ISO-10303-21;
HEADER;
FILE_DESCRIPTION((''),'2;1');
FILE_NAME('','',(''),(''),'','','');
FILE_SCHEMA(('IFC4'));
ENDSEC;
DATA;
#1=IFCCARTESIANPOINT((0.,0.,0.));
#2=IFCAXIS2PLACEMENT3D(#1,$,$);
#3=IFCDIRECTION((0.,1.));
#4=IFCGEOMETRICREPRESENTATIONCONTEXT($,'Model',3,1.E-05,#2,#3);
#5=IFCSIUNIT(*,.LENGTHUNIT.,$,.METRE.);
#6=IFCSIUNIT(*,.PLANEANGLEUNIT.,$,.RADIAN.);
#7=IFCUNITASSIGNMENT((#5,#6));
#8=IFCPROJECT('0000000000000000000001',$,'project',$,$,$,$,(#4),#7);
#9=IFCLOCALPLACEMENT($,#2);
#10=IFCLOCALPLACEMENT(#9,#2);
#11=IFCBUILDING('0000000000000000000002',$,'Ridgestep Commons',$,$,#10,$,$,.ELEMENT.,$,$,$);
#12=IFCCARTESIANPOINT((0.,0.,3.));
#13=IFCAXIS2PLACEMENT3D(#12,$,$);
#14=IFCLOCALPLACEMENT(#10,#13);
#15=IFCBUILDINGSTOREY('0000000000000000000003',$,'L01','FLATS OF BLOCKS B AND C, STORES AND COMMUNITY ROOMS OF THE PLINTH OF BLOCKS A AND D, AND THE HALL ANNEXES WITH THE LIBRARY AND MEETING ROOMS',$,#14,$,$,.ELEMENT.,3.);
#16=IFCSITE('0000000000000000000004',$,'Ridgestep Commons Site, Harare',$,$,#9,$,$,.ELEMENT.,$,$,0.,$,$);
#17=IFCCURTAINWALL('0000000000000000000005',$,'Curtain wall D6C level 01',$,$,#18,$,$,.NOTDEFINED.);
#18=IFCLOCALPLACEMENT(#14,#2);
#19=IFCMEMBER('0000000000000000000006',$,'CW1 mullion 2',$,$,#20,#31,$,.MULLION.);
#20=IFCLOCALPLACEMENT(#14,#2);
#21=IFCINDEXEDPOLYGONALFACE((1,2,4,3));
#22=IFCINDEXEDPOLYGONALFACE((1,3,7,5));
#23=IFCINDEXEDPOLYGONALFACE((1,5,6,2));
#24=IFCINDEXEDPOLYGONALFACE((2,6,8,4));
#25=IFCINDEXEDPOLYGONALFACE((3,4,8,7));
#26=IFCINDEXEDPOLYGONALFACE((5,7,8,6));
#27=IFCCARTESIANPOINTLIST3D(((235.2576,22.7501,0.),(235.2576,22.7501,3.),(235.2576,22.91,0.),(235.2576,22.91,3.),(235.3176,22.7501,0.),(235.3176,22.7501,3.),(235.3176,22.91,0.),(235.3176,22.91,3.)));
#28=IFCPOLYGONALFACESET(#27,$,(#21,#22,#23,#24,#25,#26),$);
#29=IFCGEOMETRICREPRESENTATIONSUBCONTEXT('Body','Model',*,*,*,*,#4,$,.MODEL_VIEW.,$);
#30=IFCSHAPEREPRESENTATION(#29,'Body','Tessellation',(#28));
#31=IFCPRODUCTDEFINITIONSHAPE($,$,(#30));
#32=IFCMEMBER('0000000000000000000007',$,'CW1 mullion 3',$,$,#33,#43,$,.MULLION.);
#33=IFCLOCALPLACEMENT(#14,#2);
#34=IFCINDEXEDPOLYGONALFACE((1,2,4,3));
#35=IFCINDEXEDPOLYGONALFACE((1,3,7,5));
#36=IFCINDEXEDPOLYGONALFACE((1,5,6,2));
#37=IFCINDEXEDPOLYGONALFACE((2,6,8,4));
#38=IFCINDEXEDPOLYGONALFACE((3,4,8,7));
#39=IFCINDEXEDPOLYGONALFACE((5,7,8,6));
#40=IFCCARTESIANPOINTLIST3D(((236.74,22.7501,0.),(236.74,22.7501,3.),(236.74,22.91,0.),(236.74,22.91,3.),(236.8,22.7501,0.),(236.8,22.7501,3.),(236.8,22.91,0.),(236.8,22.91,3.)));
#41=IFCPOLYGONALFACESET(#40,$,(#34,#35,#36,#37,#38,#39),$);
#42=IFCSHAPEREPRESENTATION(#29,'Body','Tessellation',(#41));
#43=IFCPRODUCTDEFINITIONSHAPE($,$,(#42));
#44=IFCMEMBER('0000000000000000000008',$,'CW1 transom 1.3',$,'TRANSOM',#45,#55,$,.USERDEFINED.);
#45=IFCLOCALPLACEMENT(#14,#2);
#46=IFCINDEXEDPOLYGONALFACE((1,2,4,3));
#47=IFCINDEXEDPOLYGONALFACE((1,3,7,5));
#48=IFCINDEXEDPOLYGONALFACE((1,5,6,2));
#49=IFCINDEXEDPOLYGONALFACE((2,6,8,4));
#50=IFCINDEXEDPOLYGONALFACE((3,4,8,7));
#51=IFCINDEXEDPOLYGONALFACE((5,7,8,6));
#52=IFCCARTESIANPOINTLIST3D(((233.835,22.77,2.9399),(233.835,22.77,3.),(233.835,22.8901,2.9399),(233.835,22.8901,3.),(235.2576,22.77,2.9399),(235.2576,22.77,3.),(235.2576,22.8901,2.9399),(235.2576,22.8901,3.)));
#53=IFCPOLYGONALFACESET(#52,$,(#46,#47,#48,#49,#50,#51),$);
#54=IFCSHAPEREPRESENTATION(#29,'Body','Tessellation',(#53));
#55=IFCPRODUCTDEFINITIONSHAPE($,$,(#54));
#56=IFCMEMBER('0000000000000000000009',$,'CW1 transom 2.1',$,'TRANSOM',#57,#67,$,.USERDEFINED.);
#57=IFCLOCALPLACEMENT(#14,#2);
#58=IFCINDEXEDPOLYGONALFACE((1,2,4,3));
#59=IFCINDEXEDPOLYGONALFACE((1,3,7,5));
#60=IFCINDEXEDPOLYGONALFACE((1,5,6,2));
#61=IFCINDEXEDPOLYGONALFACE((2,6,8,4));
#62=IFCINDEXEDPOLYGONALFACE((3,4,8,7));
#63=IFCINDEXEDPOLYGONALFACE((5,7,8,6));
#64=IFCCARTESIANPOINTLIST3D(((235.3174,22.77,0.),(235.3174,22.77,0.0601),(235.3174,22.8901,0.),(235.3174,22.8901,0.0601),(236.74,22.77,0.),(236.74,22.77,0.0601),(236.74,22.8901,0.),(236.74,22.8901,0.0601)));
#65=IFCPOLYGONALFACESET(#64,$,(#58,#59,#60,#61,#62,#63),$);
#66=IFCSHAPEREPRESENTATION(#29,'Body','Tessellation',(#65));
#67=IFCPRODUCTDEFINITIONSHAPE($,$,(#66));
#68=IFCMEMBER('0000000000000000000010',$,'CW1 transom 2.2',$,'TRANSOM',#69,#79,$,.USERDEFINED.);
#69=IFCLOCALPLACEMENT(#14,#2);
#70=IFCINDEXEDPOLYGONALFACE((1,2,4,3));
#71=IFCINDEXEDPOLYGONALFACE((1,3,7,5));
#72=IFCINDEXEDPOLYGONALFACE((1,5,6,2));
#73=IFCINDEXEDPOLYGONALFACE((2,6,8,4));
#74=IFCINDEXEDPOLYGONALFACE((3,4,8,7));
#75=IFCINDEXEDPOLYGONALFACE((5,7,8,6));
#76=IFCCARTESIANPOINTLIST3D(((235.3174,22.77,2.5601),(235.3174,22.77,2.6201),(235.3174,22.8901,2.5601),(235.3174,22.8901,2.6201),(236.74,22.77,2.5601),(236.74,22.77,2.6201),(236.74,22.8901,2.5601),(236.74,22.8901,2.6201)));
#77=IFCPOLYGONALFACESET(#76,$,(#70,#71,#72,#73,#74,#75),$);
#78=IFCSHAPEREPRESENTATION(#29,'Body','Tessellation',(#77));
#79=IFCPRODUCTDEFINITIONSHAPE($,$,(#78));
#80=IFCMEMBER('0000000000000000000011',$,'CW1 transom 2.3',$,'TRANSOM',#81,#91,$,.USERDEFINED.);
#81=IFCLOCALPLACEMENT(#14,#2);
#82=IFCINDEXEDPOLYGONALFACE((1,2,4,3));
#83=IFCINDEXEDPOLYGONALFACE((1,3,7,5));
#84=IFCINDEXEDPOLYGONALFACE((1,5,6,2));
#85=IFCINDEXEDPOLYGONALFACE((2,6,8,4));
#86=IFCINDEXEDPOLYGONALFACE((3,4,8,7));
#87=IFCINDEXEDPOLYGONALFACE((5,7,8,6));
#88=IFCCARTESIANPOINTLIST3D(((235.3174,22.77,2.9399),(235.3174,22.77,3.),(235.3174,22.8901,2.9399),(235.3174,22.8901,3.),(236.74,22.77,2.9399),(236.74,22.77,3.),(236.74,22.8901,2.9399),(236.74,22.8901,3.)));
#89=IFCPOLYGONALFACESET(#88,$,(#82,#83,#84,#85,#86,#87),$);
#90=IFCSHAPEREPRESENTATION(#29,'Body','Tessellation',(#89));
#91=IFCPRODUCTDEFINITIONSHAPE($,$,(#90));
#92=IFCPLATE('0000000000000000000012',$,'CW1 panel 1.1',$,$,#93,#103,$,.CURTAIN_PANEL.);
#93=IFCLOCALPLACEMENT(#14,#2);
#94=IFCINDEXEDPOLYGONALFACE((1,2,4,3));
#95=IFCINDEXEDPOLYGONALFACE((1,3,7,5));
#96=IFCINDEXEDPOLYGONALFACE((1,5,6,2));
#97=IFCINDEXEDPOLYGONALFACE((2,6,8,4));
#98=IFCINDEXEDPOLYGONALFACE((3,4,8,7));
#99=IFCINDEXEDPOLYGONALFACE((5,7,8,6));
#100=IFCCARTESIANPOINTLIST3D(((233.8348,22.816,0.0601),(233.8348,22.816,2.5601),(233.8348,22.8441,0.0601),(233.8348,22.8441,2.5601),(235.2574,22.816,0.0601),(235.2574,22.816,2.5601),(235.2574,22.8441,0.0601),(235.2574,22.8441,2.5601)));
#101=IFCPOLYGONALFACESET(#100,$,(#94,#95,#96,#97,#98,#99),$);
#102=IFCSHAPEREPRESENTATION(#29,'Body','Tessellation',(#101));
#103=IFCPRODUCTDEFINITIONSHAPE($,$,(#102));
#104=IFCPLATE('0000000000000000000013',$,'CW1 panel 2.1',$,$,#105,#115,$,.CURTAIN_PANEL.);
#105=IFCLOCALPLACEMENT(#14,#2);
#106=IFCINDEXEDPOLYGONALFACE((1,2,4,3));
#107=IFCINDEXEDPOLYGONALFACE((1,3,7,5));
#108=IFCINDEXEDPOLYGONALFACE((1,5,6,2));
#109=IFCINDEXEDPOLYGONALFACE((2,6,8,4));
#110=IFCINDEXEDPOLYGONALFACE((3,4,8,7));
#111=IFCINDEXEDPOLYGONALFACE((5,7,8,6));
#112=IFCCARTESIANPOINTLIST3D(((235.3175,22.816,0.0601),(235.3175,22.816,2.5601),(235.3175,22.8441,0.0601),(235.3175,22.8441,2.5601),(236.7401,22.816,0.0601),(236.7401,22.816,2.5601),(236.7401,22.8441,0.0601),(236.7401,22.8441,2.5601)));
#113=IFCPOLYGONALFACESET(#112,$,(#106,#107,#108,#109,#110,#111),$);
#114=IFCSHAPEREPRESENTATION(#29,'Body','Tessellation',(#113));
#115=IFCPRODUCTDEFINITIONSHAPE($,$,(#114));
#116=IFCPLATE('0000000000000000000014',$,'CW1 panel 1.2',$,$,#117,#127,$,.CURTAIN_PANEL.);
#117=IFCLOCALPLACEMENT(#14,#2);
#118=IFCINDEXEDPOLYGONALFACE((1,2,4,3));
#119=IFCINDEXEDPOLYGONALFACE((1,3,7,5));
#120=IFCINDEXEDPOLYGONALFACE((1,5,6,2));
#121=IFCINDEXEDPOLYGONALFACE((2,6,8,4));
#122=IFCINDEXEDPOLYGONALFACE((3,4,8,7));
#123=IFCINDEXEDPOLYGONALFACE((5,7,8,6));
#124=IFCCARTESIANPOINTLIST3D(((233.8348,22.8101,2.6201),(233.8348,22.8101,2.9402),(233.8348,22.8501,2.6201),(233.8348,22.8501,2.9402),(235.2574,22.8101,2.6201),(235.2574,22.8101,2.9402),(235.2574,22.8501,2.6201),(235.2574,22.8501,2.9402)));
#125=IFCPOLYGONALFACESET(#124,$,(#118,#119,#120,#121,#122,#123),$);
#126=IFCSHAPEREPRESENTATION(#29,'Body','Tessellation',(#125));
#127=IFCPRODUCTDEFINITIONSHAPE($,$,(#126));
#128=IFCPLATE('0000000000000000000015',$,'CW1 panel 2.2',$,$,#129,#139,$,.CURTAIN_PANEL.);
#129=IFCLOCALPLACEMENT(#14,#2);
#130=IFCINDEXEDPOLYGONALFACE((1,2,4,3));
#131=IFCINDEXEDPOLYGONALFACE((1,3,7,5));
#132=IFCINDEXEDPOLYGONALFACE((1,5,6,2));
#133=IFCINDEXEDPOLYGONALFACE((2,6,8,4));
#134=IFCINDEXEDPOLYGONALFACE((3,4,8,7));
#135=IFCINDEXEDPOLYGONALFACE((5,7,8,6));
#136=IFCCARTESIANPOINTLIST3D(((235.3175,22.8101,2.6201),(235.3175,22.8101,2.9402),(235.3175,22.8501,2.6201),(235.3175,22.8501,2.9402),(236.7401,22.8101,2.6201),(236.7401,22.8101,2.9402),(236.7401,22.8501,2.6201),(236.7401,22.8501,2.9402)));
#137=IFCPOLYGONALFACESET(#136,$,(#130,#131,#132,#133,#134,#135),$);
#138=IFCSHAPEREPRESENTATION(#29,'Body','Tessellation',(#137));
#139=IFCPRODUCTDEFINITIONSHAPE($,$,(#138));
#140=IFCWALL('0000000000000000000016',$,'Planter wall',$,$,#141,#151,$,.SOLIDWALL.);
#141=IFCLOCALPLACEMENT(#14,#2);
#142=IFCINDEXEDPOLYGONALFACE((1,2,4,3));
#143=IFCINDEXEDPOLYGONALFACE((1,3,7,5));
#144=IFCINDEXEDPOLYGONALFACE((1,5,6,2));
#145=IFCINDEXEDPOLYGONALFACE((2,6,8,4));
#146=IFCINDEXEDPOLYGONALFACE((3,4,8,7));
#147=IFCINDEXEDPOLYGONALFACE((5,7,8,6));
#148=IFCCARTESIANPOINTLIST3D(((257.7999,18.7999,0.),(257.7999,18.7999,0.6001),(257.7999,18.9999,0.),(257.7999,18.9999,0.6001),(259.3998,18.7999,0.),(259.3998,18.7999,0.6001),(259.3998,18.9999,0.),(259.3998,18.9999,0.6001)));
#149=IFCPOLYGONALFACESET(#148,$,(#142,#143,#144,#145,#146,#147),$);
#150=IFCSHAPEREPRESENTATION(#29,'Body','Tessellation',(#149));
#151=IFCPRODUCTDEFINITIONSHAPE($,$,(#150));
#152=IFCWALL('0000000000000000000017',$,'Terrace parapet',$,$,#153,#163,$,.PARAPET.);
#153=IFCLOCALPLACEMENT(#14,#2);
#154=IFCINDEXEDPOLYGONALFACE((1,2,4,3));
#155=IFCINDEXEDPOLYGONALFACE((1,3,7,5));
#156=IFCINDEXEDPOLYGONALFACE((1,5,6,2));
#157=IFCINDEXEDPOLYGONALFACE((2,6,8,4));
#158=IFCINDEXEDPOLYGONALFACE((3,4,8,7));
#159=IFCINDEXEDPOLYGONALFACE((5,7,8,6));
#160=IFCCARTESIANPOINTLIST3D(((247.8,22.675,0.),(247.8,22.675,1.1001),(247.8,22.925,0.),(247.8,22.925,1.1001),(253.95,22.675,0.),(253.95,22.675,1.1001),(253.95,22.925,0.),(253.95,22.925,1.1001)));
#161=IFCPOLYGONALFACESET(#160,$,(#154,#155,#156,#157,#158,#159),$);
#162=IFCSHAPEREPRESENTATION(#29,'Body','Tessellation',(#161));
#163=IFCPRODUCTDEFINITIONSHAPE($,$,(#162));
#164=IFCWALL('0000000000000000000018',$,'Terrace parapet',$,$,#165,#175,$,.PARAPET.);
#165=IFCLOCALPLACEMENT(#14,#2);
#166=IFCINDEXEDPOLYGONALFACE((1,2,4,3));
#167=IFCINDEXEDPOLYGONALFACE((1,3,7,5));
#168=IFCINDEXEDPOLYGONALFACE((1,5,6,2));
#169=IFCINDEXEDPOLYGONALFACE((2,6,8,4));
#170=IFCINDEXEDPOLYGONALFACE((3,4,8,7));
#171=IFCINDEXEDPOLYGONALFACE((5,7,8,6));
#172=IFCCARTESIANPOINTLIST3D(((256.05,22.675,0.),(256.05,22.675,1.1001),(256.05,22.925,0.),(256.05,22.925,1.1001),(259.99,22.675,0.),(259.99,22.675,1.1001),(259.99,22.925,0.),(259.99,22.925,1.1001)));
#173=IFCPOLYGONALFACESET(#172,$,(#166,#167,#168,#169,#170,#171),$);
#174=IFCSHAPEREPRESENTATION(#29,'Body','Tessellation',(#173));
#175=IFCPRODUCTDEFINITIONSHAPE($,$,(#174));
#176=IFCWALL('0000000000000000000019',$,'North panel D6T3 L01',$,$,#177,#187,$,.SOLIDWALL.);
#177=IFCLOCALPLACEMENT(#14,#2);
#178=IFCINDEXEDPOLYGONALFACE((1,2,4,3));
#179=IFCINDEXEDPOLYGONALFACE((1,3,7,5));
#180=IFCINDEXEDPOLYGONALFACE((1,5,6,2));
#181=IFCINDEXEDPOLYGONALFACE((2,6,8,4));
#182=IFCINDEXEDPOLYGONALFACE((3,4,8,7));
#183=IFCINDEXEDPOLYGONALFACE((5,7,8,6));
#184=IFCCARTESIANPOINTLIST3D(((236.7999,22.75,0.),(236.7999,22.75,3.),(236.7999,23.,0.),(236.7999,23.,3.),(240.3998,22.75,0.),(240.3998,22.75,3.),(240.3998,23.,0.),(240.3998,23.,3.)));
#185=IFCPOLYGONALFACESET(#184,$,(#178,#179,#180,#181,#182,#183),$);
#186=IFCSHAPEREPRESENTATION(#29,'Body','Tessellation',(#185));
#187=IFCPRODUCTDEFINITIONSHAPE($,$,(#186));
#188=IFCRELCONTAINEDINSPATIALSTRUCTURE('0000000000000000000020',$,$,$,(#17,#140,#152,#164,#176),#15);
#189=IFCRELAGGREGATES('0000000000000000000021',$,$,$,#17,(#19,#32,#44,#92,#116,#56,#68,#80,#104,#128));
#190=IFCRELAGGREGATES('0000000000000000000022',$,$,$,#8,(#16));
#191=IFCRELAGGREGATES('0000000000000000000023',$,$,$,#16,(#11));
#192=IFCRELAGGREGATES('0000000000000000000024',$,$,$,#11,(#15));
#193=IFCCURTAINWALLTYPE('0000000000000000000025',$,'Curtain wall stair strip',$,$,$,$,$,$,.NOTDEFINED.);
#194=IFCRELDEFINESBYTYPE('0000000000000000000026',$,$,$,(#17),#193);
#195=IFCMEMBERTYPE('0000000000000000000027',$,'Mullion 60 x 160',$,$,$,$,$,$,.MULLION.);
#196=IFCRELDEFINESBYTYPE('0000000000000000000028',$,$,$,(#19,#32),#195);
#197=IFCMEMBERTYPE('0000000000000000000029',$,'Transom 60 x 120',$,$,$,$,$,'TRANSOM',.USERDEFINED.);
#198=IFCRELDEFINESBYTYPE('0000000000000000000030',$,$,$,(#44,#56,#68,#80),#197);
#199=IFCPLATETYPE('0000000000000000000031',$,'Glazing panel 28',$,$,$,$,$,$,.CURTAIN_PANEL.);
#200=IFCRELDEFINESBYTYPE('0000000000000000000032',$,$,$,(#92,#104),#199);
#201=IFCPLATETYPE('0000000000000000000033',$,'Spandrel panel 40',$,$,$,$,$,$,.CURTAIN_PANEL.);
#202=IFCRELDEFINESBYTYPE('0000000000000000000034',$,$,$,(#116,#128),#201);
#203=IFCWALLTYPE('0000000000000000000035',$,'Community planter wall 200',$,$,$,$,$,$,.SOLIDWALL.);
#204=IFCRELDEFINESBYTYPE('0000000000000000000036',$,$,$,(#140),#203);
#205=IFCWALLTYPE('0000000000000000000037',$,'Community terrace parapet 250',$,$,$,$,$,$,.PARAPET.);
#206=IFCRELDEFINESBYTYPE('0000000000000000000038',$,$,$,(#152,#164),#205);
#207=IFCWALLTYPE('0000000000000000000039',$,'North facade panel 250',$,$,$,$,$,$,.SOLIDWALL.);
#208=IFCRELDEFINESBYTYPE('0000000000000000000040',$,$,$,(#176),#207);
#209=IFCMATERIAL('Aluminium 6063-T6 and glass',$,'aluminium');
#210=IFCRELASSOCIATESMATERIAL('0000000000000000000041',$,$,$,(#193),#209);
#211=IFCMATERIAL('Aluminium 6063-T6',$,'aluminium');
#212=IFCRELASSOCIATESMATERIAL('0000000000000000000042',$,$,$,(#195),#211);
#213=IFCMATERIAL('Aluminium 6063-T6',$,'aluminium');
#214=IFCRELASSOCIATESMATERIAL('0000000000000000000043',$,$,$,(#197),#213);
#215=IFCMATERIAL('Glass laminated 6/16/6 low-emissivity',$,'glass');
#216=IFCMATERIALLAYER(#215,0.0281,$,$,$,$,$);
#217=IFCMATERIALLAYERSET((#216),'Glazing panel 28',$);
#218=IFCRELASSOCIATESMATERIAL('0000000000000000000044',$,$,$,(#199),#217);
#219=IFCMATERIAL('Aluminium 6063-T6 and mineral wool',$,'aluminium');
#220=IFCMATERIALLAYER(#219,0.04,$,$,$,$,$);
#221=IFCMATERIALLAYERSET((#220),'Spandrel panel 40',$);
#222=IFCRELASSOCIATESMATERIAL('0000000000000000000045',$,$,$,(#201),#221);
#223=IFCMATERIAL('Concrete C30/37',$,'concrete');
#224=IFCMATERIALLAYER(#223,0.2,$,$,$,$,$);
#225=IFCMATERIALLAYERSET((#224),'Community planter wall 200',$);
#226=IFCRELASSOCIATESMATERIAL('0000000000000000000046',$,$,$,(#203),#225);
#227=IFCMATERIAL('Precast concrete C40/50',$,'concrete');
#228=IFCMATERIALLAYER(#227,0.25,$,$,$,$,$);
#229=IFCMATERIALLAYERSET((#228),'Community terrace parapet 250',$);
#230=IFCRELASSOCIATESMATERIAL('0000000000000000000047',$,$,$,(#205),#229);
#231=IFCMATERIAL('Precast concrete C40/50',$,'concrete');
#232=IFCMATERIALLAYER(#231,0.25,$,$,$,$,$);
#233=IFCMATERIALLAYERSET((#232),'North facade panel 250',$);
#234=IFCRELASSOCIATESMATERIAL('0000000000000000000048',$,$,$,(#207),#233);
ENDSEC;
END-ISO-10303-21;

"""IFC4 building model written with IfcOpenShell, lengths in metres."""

from ifc_helpers import new_model, si_unit, direction, frame, frame_2d, origin, origin_2d, place, context, subcontext, project, spatial, rectangle, extrude, material, layer, layer_set, material_profile, profile_set, type_object, element, aggregate, save


model = new_model("IFC4")

# Units and contexts
model_context = context("Model", 3, precision=1e-05, world=origin(), true_north=direction((0.0, 1.0)))
body_context = subcontext(model_context, "Body", "Model", "MODEL_VIEW")
ifc_project = project(units=[si_unit("LENGTHUNIT", "METRE"), si_unit("PLANEANGLEUNIT", "RADIAN")], contexts=[model_context])

# Site, building, storey
site_placement = place(None, origin())
site = spatial("IfcSite", under=ifc_project, at=site_placement, Name="Ridgestep Commons Site, Harare", CompositionType="ELEMENT", RefElevation=0.0)
building_placement = place(site_placement, origin())
building = spatial("IfcBuilding", under=site, at=building_placement, Name="Ridgestep Commons", CompositionType="ELEMENT")
storey_placement = place(building_placement, frame((0.0, 0.0, 3.0)))
storey = spatial("IfcBuildingStorey", under=building, at=storey_placement, Name="L01", Description="FLATS OF BLOCKS B AND C, STORES AND COMMUNITY ROOMS OF THE PLINTH OF BLOCKS A AND D, AND THE HALL ANNEXES WITH THE LIBRARY AND MEETING ROOMS", CompositionType="ELEMENT", Elevation=3.0)

# Curtain wall, members, plates
ifc_material_1 = material(Name="Aluminium 6063-T6 and glass", Category="aluminium")
curtain_wall_type = type_object("IfcCurtainWallType", Name="Curtain wall stair strip", PredefinedType="NOTDEFINED", material=ifc_material_1)
curtain_wall_placement = place(storey_placement, origin())
curtain_wall = element("IfcCurtainWall", 1, at=curtain_wall_placement, inside=storey, type_object=curtain_wall_type, Name="Curtain wall D6C level 01", PredefinedType="NOTDEFINED")
ifc_material_2 = material(Name="Aluminium 6063-T6", Category="aluminium")
ifc_material_profile_1 = material_profile(ifc_material_2, rectangle(XDim=0.1599, YDim=0.0601, at=origin_2d()), Name="Mullion 60 x 160")
ifc_profile_set_1 = profile_set([ifc_material_profile_1], Name="Aluminium 6063-T6")
member_type_1 = type_object("IfcMemberType", Name="Mullion 60 x 160", PredefinedType="MULLION", material=ifc_profile_set_1)
member_1_placement = place(storey_placement, frame((235.2876, 22.8301, 0.0), z_axis=(0.0, 0.0, 1.0), x_axis=(0.0, 1.0, 0.0)))
member_1 = element("IfcMember", 2, at=member_1_placement, type_object=member_type_1, Name="CW1 mullion 2", PredefinedType="MULLION", context=body_context, shape_type="SweptSolid", body=[
    extrude(rectangle(XDim=0.1599, YDim=0.0601, at=origin_2d()), origin(), (0.0, 0.0, 1.0), 3.0),
])
member_2_placement = place(storey_placement, frame((236.77, 22.8301, 0.0), z_axis=(0.0, 0.0, 1.0), x_axis=(0.0, 1.0, 0.0)))
member_2 = element("IfcMember", 3, at=member_2_placement, type_object=member_type_1, Name="CW1 mullion 3", PredefinedType="MULLION", context=body_context, shape_type="SweptSolid", body=[
    extrude(rectangle(XDim=0.1599, YDim=0.0601, at=origin_2d()), origin(), (0.0, 0.0, 1.0), 3.0),
])
ifc_material_3 = material(Name="Aluminium 6063-T6", Category="aluminium")
ifc_material_profile_2 = material_profile(ifc_material_3, rectangle(XDim=0.1201, YDim=0.0601, at=origin_2d()), Name="Transom 60 x 120")
ifc_profile_set_2 = profile_set([ifc_material_profile_2], Name="Aluminium 6063-T6")
member_type_2 = type_object("IfcMemberType", Name="Transom 60 x 120", ElementType="TRANSOM", PredefinedType="USERDEFINED", material=ifc_profile_set_2)
member_3_placement = place(storey_placement, frame((233.835, 22.8301, 2.97), z_axis=(1.0, 0.0, 0.0), x_axis=(0.0, 1.0, 0.0)))
member_3 = element("IfcMember", 4, at=member_3_placement, type_object=member_type_2, Name="CW1 transom 1.3", ObjectType="TRANSOM", PredefinedType="USERDEFINED", context=body_context, shape_type="SweptSolid", body=[
    extrude(rectangle(XDim=0.1201, YDim=0.0601, at=origin_2d()), origin(), (0.0, 0.0, 1.0), 1.4226),
])
member_4_placement = place(storey_placement, frame((235.3174, 22.8301, 0.03), z_axis=(1.0, 0.0, 0.0), x_axis=(0.0, 1.0, 0.0)))
member_4 = element("IfcMember", 5, at=member_4_placement, type_object=member_type_2, Name="CW1 transom 2.1", ObjectType="TRANSOM", PredefinedType="USERDEFINED", context=body_context, shape_type="SweptSolid", body=[
    extrude(rectangle(XDim=0.1201, YDim=0.0601, at=origin_2d()), origin(), (0.0, 0.0, 1.0), 1.4226),
])
member_5_placement = place(storey_placement, frame((235.3174, 22.8301, 2.5901), z_axis=(1.0, 0.0, 0.0), x_axis=(0.0, 1.0, 0.0)))
member_5 = element("IfcMember", 6, at=member_5_placement, type_object=member_type_2, Name="CW1 transom 2.2", ObjectType="TRANSOM", PredefinedType="USERDEFINED", context=body_context, shape_type="SweptSolid", body=[
    extrude(rectangle(XDim=0.1201, YDim=0.0601, at=origin_2d()), origin(), (0.0, 0.0, 1.0), 1.4226),
])
member_6_placement = place(storey_placement, frame((235.3174, 22.8301, 2.97), z_axis=(1.0, 0.0, 0.0), x_axis=(0.0, 1.0, 0.0)))
member_6 = element("IfcMember", 7, at=member_6_placement, type_object=member_type_2, Name="CW1 transom 2.3", ObjectType="TRANSOM", PredefinedType="USERDEFINED", context=body_context, shape_type="SweptSolid", body=[
    extrude(rectangle(XDim=0.1201, YDim=0.0601, at=origin_2d()), origin(), (0.0, 0.0, 1.0), 1.4226),
])
ifc_material_4 = material(Name="Glass laminated 6/16/6 low-emissivity", Category="glass")
ifc_layer_1 = layer(ifc_material_4, 0.0281)
ifc_layer_set_1 = layer_set([ifc_layer_1], Name="Glazing panel 28")
plate_type_1 = type_object("IfcPlateType", Name="Glazing panel 28", PredefinedType="CURTAIN_PANEL", material=ifc_layer_set_1)
plate_1_placement = place(storey_placement, frame((234.5461, 22.8301, 0.0601), z_axis=(0.0, 0.0, 1.0), x_axis=(1.0, 0.0, 0.0)))
plate_1 = element("IfcPlate", 8, at=plate_1_placement, type_object=plate_type_1, Name="CW1 panel 1.1", PredefinedType="CURTAIN_PANEL", context=body_context, shape_type="SweptSolid", body=[
    extrude(rectangle(XDim=1.4226, YDim=0.0281, at=origin_2d()), origin(), (0.0, 0.0, 1.0), 2.5),
])
plate_2_placement = place(storey_placement, frame((236.0288, 22.8301, 0.0601), z_axis=(0.0, 0.0, 1.0), x_axis=(1.0, 0.0, 0.0)))
plate_2 = element("IfcPlate", 9, at=plate_2_placement, type_object=plate_type_1, Name="CW1 panel 2.1", PredefinedType="CURTAIN_PANEL", context=body_context, shape_type="SweptSolid", body=[
    extrude(rectangle(XDim=1.4226, YDim=0.0281, at=origin_2d()), origin(), (0.0, 0.0, 1.0), 2.5),
])
ifc_material_5 = material(Name="Aluminium 6063-T6 and mineral wool", Category="aluminium")
ifc_layer_2 = layer(ifc_material_5, 0.04)
ifc_layer_set_2 = layer_set([ifc_layer_2], Name="Spandrel panel 40")
plate_type_2 = type_object("IfcPlateType", Name="Spandrel panel 40", PredefinedType="CURTAIN_PANEL", material=ifc_layer_set_2)
plate_3_placement = place(storey_placement, frame((234.5461, 22.8301, 2.6201), z_axis=(0.0, 0.0, 1.0), x_axis=(1.0, 0.0, 0.0)))
plate_3 = element("IfcPlate", 10, at=plate_3_placement, type_object=plate_type_2, Name="CW1 panel 1.2", PredefinedType="CURTAIN_PANEL", context=body_context, shape_type="SweptSolid", body=[
    extrude(rectangle(XDim=1.4226, YDim=0.04, at=origin_2d()), origin(), (0.0, 0.0, 1.0), 0.3201),
])
plate_4_placement = place(storey_placement, frame((236.0288, 22.8301, 2.6201), z_axis=(0.0, 0.0, 1.0), x_axis=(1.0, 0.0, 0.0)))
plate_4 = element("IfcPlate", 11, at=plate_4_placement, type_object=plate_type_2, Name="CW1 panel 2.2", PredefinedType="CURTAIN_PANEL", context=body_context, shape_type="SweptSolid", body=[
    extrude(rectangle(XDim=1.4226, YDim=0.04, at=origin_2d()), origin(), (0.0, 0.0, 1.0), 0.3201),
])
aggregate(curtain_wall, [member_1, member_2, member_3, plate_1, plate_3, member_4, member_5, member_6, plate_2, plate_4])

# Walls
ifc_material_6 = material(Name="Concrete C30/37", Category="concrete")
ifc_layer_3 = layer(ifc_material_6, 0.2)
ifc_layer_set_3 = layer_set([ifc_layer_3], Name="Community planter wall 200")
wall_type_1 = type_object("IfcWallType", Name="Community planter wall 200", PredefinedType="SOLIDWALL", material=ifc_layer_set_3)
wall_1_placement = place(storey_placement, frame((257.8, 18.8999, 0.0), z_axis=(0.0, 0.0, 1.0), x_axis=(1.0, 0.0, 0.0)))
element("IfcWall", 12, at=wall_1_placement, inside=storey, type_object=wall_type_1, Name="Planter wall", PredefinedType="SOLIDWALL", context=body_context, shape_type="SweptSolid", body=[
    extrude(rectangle(XDim=1.5999, YDim=0.2, at=frame_2d((0.7998, 0.0))), origin(), (0.0, 0.0, 1.0), 0.6001),
])
ifc_material_7 = material(Name="Precast concrete C40/50", Category="concrete")
ifc_layer_4 = layer(ifc_material_7, 0.25)
ifc_layer_set_4 = layer_set([ifc_layer_4], Name="Community terrace parapet 250")
wall_type_2 = type_object("IfcWallType", Name="Community terrace parapet 250", PredefinedType="PARAPET", material=ifc_layer_set_4)
wall_2_placement = place(storey_placement, frame((247.8, 22.8, 0.0), z_axis=(0.0, 0.0, 1.0), x_axis=(1.0, 0.0, 0.0)))
element("IfcWall", 13, at=wall_2_placement, inside=storey, type_object=wall_type_2, Name="Terrace parapet", PredefinedType="PARAPET", context=body_context, shape_type="SweptSolid", body=[
    extrude(rectangle(XDim=6.1499, YDim=0.25, at=frame_2d((3.075, 0.0))), origin(), (0.0, 0.0, 1.0), 1.1001),
])
wall_3_placement = place(storey_placement, frame((256.05, 22.8, 0.0), z_axis=(0.0, 0.0, 1.0), x_axis=(1.0, 0.0, 0.0)))
element("IfcWall", 14, at=wall_3_placement, inside=storey, type_object=wall_type_2, Name="Terrace parapet", PredefinedType="PARAPET", context=body_context, shape_type="SweptSolid", body=[
    extrude(rectangle(XDim=3.9399, YDim=0.25, at=frame_2d((1.97, 0.0))), origin(), (0.0, 0.0, 1.0), 1.1001),
])
ifc_material_8 = material(Name="Precast concrete C40/50", Category="concrete")
ifc_layer_5 = layer(ifc_material_8, 0.25)
ifc_layer_set_5 = layer_set([ifc_layer_5], Name="North facade panel 250")
wall_type_3 = type_object("IfcWallType", Name="North facade panel 250", PredefinedType="SOLIDWALL", material=ifc_layer_set_5)
wall_4_placement = place(storey_placement, frame((236.8, 22.875, 0.0), z_axis=(0.0, 0.0, 1.0), x_axis=(1.0, 0.0, 0.0)))
element("IfcWall", 15, at=wall_4_placement, inside=storey, type_object=wall_type_3, Name="North panel D6T3 L01", PredefinedType="SOLIDWALL", context=body_context, shape_type="SweptSolid", body=[
    extrude(rectangle(XDim=3.5999, YDim=0.25, at=frame_2d((1.7998, 0.0))), origin(), (0.0, 0.0, 1.0), 3.0),
])

save(model, "model.ifc")
